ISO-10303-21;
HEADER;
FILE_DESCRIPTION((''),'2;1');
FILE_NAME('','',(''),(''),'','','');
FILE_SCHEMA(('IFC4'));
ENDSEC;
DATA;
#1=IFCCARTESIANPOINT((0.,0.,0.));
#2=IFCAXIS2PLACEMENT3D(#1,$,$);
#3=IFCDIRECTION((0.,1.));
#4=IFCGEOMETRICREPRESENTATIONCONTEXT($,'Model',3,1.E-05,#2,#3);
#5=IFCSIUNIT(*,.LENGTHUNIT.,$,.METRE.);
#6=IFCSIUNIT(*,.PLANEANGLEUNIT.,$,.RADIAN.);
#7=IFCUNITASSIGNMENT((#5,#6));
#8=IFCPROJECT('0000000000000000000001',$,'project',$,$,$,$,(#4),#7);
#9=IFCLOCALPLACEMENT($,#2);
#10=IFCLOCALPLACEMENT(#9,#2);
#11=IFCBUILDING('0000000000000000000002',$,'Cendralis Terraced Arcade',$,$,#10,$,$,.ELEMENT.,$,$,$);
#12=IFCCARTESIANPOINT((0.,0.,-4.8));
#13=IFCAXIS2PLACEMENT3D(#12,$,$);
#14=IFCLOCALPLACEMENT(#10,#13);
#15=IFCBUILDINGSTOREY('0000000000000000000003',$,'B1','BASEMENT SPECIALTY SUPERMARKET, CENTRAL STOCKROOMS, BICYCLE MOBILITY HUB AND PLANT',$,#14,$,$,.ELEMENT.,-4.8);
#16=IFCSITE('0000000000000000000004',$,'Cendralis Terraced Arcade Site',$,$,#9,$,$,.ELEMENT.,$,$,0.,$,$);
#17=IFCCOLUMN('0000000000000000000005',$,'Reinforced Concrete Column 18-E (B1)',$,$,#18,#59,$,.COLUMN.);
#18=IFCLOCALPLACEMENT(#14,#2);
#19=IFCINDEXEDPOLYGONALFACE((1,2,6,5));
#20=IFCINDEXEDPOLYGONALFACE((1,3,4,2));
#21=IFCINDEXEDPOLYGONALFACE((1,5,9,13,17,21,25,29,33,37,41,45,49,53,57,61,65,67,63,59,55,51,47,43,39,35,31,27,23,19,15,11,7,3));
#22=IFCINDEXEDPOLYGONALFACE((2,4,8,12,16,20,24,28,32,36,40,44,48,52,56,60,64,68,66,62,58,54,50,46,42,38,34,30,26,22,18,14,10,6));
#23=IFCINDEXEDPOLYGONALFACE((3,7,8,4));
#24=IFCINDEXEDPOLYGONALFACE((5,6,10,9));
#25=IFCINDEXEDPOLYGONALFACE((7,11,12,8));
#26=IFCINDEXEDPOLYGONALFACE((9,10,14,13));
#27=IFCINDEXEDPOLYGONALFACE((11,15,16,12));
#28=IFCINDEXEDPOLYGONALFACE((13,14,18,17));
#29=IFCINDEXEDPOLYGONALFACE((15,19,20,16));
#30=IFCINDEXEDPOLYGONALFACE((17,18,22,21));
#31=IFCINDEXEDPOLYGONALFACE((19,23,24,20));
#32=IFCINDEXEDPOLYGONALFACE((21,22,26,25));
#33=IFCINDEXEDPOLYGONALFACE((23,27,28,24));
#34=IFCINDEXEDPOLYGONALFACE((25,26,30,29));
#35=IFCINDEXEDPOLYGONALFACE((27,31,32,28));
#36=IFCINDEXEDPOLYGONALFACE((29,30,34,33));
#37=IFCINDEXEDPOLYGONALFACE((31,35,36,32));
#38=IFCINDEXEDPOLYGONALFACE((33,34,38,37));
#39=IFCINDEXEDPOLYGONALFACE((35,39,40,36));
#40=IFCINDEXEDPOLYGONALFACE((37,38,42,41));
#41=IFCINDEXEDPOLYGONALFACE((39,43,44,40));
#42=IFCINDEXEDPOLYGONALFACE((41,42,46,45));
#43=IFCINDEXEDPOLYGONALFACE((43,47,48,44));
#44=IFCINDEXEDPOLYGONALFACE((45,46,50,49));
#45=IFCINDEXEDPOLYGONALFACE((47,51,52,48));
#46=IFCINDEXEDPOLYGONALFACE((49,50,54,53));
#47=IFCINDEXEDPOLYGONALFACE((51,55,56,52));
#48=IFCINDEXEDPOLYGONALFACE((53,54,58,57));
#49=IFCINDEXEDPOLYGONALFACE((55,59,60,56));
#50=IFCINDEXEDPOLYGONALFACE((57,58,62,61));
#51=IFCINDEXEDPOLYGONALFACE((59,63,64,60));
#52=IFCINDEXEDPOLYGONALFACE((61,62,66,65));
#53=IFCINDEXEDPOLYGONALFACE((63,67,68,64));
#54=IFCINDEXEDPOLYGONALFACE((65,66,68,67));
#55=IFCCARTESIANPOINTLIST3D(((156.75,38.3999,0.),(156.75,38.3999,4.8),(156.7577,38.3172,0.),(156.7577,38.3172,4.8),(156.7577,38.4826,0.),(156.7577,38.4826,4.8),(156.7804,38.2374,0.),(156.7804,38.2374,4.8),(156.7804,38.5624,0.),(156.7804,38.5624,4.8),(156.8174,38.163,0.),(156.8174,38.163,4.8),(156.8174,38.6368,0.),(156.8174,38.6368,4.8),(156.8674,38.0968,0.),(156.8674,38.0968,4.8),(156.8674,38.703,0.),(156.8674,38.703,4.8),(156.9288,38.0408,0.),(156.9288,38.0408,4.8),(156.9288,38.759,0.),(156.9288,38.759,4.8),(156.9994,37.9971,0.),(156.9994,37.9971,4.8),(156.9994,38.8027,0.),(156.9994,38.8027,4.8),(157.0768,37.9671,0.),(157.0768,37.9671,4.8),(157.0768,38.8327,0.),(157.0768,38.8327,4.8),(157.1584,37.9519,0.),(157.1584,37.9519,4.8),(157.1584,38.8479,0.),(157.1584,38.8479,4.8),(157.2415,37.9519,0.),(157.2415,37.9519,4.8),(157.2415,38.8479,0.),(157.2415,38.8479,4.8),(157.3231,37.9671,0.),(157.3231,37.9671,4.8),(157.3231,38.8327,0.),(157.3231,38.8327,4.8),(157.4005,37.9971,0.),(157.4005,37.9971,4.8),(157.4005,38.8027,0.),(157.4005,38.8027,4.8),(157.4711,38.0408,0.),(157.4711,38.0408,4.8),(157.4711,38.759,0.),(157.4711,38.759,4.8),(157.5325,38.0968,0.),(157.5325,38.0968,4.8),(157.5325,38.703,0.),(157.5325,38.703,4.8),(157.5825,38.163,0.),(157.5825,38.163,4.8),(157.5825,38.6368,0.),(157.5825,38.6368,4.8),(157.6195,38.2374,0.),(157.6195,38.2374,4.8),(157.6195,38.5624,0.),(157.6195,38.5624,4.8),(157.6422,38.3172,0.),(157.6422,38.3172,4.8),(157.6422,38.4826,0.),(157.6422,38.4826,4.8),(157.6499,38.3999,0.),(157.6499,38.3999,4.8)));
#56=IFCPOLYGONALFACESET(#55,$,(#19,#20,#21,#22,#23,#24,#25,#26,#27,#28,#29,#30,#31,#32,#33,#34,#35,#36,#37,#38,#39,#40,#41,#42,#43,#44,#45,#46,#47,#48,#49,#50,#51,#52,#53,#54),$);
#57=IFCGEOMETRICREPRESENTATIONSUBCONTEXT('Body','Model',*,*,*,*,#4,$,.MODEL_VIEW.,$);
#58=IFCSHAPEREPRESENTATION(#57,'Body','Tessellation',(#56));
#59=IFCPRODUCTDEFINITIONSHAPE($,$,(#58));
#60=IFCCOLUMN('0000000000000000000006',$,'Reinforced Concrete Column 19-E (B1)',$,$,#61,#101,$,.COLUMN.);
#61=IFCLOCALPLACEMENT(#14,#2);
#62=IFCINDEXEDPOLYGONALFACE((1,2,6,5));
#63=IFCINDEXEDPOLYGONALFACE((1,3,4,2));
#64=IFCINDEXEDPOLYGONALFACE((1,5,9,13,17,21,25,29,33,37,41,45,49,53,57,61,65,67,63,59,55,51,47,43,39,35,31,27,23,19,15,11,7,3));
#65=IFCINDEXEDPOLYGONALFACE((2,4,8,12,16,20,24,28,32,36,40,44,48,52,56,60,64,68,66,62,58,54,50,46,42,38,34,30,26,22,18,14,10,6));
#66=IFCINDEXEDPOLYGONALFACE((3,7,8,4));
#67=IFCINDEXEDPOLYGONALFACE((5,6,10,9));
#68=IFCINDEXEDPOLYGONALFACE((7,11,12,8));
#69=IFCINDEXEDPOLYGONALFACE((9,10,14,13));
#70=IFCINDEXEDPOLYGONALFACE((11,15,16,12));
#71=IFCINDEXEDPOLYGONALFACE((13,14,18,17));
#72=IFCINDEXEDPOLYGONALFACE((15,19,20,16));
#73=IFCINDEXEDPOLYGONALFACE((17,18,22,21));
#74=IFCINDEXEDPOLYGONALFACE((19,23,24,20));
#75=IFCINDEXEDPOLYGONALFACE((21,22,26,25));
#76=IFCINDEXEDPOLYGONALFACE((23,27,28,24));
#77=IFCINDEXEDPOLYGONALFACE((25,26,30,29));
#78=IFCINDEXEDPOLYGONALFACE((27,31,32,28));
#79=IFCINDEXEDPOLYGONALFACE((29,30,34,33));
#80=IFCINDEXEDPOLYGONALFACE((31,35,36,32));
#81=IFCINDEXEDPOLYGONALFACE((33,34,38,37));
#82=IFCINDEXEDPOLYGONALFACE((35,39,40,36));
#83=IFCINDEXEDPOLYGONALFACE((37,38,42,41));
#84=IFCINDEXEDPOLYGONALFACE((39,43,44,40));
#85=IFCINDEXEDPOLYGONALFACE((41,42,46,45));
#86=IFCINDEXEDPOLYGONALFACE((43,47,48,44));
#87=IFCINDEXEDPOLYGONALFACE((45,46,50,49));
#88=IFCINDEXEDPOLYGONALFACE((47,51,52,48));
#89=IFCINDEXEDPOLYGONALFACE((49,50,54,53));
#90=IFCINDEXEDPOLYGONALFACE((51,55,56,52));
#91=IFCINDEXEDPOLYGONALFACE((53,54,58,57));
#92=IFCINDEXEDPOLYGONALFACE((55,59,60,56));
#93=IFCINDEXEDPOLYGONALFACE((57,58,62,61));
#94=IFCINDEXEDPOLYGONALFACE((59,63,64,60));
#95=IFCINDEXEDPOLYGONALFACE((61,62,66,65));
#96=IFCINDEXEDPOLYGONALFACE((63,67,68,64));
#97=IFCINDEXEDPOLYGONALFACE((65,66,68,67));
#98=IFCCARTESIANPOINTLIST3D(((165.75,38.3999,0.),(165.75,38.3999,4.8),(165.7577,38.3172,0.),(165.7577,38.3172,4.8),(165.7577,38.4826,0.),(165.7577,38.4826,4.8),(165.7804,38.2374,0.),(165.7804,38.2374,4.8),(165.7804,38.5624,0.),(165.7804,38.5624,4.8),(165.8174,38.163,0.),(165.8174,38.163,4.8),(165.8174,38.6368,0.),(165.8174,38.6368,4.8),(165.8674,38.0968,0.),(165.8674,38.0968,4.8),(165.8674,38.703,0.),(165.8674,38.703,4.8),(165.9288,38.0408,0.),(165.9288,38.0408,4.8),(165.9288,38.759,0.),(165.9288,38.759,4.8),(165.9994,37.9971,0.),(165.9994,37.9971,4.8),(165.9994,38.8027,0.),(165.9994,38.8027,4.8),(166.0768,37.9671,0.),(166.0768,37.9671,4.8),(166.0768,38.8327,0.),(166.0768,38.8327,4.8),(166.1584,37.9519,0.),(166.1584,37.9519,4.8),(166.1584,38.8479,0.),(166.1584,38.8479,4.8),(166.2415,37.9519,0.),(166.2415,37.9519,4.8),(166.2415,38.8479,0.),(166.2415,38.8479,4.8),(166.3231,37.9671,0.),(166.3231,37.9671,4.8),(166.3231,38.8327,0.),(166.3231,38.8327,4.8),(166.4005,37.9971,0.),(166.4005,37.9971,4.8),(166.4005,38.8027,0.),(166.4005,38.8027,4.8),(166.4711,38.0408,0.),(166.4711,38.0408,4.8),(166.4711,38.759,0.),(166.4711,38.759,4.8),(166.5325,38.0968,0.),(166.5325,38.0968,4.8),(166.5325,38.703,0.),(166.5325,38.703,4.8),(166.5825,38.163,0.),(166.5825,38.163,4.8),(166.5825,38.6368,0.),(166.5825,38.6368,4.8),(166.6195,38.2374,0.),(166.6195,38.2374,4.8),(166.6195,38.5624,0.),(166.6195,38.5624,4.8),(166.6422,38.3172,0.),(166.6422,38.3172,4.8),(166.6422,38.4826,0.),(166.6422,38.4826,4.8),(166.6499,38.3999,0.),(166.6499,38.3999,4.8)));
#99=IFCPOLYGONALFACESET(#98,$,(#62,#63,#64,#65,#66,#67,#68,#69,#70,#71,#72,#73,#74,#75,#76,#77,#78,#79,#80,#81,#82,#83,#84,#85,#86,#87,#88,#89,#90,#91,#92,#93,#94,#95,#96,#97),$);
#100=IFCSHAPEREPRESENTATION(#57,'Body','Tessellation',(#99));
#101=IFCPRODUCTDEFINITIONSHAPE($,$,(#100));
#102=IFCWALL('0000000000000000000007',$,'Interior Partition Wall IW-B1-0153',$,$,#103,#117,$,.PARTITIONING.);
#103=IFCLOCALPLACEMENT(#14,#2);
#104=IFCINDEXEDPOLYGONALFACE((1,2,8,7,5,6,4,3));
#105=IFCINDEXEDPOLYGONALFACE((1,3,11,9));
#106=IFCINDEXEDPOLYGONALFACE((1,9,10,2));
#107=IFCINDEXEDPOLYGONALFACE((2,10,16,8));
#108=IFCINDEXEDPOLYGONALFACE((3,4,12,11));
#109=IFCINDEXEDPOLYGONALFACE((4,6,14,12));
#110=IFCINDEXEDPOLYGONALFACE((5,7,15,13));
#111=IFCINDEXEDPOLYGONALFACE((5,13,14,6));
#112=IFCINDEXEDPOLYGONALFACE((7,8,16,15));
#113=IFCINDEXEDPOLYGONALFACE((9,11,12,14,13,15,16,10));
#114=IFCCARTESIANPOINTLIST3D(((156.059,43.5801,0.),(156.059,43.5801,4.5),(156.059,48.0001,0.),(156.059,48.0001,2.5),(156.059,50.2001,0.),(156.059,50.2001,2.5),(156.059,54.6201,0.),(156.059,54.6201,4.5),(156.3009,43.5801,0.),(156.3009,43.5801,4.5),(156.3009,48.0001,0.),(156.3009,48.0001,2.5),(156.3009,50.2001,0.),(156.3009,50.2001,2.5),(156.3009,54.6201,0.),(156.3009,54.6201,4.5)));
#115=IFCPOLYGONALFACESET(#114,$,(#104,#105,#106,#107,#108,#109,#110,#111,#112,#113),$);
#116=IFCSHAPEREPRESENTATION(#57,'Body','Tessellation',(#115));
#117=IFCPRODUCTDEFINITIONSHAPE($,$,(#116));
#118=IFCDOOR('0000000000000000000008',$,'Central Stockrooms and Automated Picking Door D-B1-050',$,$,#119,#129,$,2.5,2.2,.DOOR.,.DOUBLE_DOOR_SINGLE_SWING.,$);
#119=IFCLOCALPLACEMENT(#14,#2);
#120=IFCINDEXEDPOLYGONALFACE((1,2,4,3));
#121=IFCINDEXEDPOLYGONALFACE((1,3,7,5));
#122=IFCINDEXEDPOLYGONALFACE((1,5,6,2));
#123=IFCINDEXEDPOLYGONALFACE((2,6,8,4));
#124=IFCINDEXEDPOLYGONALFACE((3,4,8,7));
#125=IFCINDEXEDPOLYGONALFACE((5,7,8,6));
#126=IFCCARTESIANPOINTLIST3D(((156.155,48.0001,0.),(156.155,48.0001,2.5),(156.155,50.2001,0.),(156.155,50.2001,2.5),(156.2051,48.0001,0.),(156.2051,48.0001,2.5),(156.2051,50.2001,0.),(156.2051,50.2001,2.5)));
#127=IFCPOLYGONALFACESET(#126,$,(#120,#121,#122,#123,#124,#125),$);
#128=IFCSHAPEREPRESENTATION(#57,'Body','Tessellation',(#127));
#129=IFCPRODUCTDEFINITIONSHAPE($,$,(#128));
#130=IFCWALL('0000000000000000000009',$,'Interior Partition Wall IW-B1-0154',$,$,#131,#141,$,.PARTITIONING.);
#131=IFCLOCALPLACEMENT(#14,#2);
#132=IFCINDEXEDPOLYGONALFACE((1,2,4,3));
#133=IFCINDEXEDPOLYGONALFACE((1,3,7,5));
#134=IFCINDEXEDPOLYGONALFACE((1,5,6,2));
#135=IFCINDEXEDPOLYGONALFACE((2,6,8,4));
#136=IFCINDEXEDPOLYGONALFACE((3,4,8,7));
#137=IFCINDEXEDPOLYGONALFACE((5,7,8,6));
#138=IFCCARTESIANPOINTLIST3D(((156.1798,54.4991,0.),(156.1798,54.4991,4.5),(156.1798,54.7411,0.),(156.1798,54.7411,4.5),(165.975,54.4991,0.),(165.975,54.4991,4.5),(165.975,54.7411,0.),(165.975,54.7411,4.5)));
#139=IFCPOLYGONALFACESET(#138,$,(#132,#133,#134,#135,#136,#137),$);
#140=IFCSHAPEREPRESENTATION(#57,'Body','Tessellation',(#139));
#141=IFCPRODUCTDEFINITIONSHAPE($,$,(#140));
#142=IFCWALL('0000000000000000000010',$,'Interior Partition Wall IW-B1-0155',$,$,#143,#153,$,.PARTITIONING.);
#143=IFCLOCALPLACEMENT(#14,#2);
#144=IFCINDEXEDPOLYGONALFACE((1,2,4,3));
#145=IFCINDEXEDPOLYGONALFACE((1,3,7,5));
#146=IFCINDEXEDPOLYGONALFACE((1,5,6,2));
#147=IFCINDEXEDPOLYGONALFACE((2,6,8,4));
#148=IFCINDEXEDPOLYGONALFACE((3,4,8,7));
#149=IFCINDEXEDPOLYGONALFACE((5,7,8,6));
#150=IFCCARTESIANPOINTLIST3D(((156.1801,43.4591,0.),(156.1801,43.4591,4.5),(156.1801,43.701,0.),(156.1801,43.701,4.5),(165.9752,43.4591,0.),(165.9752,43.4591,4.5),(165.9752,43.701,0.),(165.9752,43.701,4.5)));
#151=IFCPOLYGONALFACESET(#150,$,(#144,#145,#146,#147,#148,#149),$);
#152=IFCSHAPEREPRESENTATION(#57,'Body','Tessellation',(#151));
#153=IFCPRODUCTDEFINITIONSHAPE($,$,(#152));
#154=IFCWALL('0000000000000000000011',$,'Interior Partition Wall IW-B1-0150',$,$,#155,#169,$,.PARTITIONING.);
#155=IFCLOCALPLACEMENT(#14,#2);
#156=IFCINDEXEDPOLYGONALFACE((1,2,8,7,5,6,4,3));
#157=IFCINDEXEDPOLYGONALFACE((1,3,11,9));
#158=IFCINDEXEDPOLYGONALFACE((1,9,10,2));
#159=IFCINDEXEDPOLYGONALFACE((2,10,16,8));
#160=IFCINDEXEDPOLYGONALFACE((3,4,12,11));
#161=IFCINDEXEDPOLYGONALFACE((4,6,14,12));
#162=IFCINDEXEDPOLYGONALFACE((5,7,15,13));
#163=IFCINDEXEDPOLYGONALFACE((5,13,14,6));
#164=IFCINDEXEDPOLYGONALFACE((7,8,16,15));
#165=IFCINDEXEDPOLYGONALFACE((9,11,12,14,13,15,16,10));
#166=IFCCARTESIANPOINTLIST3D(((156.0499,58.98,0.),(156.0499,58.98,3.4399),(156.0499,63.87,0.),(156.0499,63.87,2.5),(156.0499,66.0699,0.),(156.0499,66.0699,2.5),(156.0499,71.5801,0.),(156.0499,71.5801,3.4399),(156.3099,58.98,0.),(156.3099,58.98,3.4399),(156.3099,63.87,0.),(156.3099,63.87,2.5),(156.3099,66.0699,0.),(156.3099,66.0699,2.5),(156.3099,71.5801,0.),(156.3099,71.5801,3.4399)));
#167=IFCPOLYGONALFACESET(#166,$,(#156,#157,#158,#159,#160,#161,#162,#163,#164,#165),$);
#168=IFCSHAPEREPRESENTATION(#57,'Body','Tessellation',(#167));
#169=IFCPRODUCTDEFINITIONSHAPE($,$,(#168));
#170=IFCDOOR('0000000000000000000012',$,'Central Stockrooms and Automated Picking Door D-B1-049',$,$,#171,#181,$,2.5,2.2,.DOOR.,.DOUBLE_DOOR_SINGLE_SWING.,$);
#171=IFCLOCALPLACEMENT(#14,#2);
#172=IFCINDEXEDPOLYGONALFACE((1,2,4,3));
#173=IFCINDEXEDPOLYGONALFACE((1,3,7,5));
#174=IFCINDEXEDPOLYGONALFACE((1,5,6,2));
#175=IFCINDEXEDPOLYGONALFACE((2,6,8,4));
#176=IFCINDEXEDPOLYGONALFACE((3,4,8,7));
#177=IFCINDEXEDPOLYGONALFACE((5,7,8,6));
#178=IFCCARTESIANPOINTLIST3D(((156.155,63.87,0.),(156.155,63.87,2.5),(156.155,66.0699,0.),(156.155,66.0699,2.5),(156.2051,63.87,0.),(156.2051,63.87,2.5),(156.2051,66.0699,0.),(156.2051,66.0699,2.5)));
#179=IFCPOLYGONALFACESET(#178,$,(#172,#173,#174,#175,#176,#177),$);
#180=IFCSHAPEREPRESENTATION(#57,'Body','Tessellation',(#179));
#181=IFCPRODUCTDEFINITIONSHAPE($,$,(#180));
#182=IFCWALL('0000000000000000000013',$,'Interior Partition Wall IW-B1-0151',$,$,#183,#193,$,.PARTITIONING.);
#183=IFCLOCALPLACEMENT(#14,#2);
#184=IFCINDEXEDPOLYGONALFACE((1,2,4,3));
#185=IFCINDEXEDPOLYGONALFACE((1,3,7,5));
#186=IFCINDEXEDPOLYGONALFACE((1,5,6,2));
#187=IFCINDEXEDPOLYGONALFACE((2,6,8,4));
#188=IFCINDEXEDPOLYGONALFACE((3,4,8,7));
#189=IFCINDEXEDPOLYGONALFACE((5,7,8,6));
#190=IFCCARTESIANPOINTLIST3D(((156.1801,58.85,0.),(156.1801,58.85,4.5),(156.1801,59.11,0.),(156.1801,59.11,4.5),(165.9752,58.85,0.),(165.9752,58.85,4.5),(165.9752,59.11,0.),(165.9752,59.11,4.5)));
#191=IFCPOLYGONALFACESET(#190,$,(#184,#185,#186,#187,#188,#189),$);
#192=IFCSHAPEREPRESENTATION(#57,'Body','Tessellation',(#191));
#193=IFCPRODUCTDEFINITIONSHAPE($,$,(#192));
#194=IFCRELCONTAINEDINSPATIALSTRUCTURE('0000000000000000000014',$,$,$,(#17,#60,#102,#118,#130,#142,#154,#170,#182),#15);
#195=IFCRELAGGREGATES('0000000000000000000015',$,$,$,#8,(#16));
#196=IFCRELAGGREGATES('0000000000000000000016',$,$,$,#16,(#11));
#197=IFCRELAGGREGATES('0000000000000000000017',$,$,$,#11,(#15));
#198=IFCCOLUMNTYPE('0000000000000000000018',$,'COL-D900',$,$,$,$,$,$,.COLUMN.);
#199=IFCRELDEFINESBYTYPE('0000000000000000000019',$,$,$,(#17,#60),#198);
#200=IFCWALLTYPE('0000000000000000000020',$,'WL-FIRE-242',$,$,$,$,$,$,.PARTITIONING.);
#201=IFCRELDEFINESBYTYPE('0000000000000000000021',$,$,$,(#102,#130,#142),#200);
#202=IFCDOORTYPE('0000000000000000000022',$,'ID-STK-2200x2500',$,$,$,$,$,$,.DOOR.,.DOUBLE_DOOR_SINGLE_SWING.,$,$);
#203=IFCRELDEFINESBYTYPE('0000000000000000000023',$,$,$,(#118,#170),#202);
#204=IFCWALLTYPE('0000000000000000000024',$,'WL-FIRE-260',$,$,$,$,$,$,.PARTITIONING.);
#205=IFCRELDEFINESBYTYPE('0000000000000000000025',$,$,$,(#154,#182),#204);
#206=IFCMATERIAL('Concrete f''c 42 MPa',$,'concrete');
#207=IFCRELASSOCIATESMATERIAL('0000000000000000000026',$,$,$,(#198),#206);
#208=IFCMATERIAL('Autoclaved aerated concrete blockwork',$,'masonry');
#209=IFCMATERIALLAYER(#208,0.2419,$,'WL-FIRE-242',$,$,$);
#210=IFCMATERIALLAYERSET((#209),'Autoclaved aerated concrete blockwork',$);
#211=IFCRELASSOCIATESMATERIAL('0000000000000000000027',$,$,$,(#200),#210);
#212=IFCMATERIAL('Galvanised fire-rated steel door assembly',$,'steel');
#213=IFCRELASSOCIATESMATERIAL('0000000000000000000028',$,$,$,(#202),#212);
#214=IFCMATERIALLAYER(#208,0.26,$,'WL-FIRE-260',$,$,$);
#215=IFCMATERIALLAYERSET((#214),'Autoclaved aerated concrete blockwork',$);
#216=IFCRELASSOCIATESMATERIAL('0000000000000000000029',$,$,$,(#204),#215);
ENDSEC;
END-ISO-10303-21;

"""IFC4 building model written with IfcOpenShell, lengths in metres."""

from ifc_helpers import new_model, si_unit, direction, frame, frame_2d, origin, origin_2d, place, context, subcontext, project, spatial, rectangle, circle, extrude, material, layer, layer_set, material_profile, profile_set, type_object, element, fill, save


model = new_model("IFC4")

# Units and contexts
model_context = context("Model", 3, precision=1e-05, world=origin(), true_north=direction((0.0, 1.0)))
body_context = subcontext(model_context, "Body", "Model", "MODEL_VIEW")
ifc_project = project(units=[si_unit("LENGTHUNIT", "METRE"), si_unit("PLANEANGLEUNIT", "RADIAN")], contexts=[model_context])

# Site, building, storey
site_placement = place(None, origin())
site = spatial("IfcSite", under=ifc_project, at=site_placement, Name="Cendralis Terraced Arcade Site", CompositionType="ELEMENT", RefElevation=0.0)
building_placement = place(site_placement, origin())
building = spatial("IfcBuilding", under=site, at=building_placement, Name="Cendralis Terraced Arcade", CompositionType="ELEMENT")
storey_placement = place(building_placement, frame((0.0, 0.0, -4.8)))
storey = spatial("IfcBuildingStorey", under=building, at=storey_placement, Name="B1", Description="BASEMENT SPECIALTY SUPERMARKET, CENTRAL STOCKROOMS, BICYCLE MOBILITY HUB AND PLANT", CompositionType="ELEMENT", Elevation=-4.8)

# Columns
ifc_material_1 = material(Name="Concrete f'c 42 MPa", Category="concrete")
ifc_material_profile_1 = material_profile(ifc_material_1, circle(Radius=0.45, at=origin_2d()), Name="RC-COL-D900", Category="LoadBearing")
ifc_profile_set_1 = profile_set([ifc_material_profile_1], Name="Concrete f'c 42 MPa")
column_type_1 = type_object("IfcColumnType", Name="COL-D900", PredefinedType="COLUMN", material=ifc_profile_set_1)
for number, where, z_axis, x_axis, name in (
    (1, (157.2, 38.3999, 0.0), (0.0, 0.0, 1.0), (1.0, 0.0, 0.0), "Reinforced Concrete Column 18-E (B1)"),
    (2, (166.2, 38.3999, 0.0), (0.0, 0.0, 1.0), (1.0, 0.0, 0.0), "Reinforced Concrete Column 19-E (B1)"),
):
    element("IfcColumn", number, at=place(storey_placement, frame(where, z_axis=z_axis, x_axis=x_axis)), inside=storey, type_object=column_type_1, Name=name, PredefinedType="COLUMN", context=body_context, shape_type="SweptSolid", body=[
        extrude(circle(Radius=0.45, at=origin_2d()), origin(), (0.0, 0.0, 1.0), 4.8),
    ])

# Wall, opening, door
ifc_material_2 = material(Name="Autoclaved aerated concrete blockwork", Category="masonry")
ifc_layer_1 = layer(ifc_material_2, 0.2419, Name="WL-FIRE-242")
ifc_layer_set_1 = layer_set([ifc_layer_1], Name="Autoclaved aerated concrete blockwork")
wall_type_1 = type_object("IfcWallType", Name="WL-FIRE-242", PredefinedType="PARTITIONING", material=ifc_layer_set_1)
wall_1_placement = place(storey_placement, frame((156.1799, 43.5801, 0.0), z_axis=(0.0, 0.0, 1.0), x_axis=(0.0, 1.0, 0.0)))
wall_1 = element("IfcWall", 3, at=wall_1_placement, inside=storey, type_object=wall_type_1, Name="Interior Partition Wall IW-B1-0153", PredefinedType="PARTITIONING", context=body_context, shape_type="SweptSolid", body=[
    extrude(rectangle(XDim=11.04, YDim=0.2419, at=frame_2d((5.52, 0.0))), origin(), (0.0, 0.0, 1.0), 4.5),
])
opening_1_placement = place(wall_1_placement, frame((4.4199, 0.0, 0.0)))
opening_1 = element("IfcOpeningElement", 4, at=opening_1_placement, cuts=wall_1, PredefinedType="OPENING", context=body_context, shape_type="SweptSolid", body=[
    extrude(rectangle(XDim=2.2, YDim=2.5, at=frame_2d((1.1001, 1.25))), frame((0.0, 0.1328, 0.0), z_axis=(0.0, -1.0, 0.0), x_axis=(1.0, 0.0, 0.0)), (0.0, 0.0, 1.0), 0.2659),
])
ifc_material_3 = material(Name="Galvanised fire-rated steel door assembly", Category="steel")
door_type = type_object("IfcDoorType", Name="ID-STK-2200x2500", OperationType="DOUBLE_DOOR_SINGLE_SWING", PredefinedType="DOOR", material=ifc_material_3)
door_1_placement = place(opening_1_placement, origin())
door_1 = element("IfcDoor", 5, at=door_1_placement, inside=storey, type_object=door_type, Name="Central Stockrooms and Automated Picking Door D-B1-050", OperationType="DOUBLE_DOOR_SINGLE_SWING", OverallHeight=2.5, OverallWidth=2.2, PredefinedType="DOOR", context=body_context, shape_type="SweptSolid", body=[
    extrude(rectangle(XDim=2.2, YDim=2.5, at=frame_2d((1.1001, 1.25))), frame((0.0, 0.0249, 0.0), z_axis=(0.0, -1.0, 0.0), x_axis=(1.0, 0.0, 0.0)), (0.0, 0.0, 1.0), 0.05),
])
fill(opening_1, door_1)

# Walls
for number, where, z_axis, x_axis, name in (
    (6, (156.1799, 54.6201, 0.0), (0.0, 0.0, 1.0), (1.0, 0.0, 0.0), "Interior Partition Wall IW-B1-0154"),
    (7, (165.9751, 43.5801, 0.0), (0.0, 0.0, 1.0), (-1.0, 0.0, 0.0), "Interior Partition Wall IW-B1-0155"),
):
    element("IfcWall", number, at=place(storey_placement, frame(where, z_axis=z_axis, x_axis=x_axis)), inside=storey, type_object=wall_type_1, Name=name, PredefinedType="PARTITIONING", context=body_context, shape_type="SweptSolid", body=[
        extrude(rectangle(XDim=9.7952, YDim=0.2419, at=frame_2d((4.8975, 0.0))), origin(), (0.0, 0.0, 1.0), 4.5),
    ])

# Wall, opening, door
ifc_layer_2 = layer(ifc_material_2, 0.26, Name="WL-FIRE-260")
ifc_layer_set_2 = layer_set([ifc_layer_2], Name="Autoclaved aerated concrete blockwork")
wall_type_2 = type_object("IfcWallType", Name="WL-FIRE-260", PredefinedType="PARTITIONING", material=ifc_layer_set_2)
wall_2_placement = place(storey_placement, frame((156.1799, 58.98, 0.0), z_axis=(0.0, 0.0, 1.0), x_axis=(0.0, 1.0, 0.0)))
wall_2 = element("IfcWall", 8, at=wall_2_placement, inside=storey, type_object=wall_type_2, Name="Interior Partition Wall IW-B1-0150", PredefinedType="PARTITIONING", context=body_context, shape_type="SweptSolid", body=[
    extrude(rectangle(XDim=12.6001, YDim=0.26, at=frame_2d((6.3, 0.0))), origin(), (0.0, 0.0, 1.0), 3.4399),
])
opening_2_placement = place(wall_2_placement, frame((4.8899, 0.0, 0.0)))
opening_2 = element("IfcOpeningElement", 9, at=opening_2_placement, cuts=wall_2, PredefinedType="OPENING", context=body_context, shape_type="SweptSolid", body=[
    extrude(rectangle(XDim=2.2, YDim=2.5, at=frame_2d((1.1001, 1.25))), frame((0.0, 0.1421, 0.0), z_axis=(0.0, -1.0, 0.0), x_axis=(1.0, 0.0, 0.0)), (0.0, 0.0, 1.0), 0.2839),
])
door_2_placement = place(opening_2_placement, origin())
door_2 = element("IfcDoor", 10, at=door_2_placement, inside=storey, type_object=door_type, Name="Central Stockrooms and Automated Picking Door D-B1-049", OperationType="DOUBLE_DOOR_SINGLE_SWING", OverallHeight=2.5, OverallWidth=2.2, PredefinedType="DOOR", context=body_context, shape_type="SweptSolid", body=[
    extrude(rectangle(XDim=2.2, YDim=2.5, at=frame_2d((1.1001, 1.25))), frame((0.0, 0.0249, 0.0), z_axis=(0.0, -1.0, 0.0), x_axis=(1.0, 0.0, 0.0)), (0.0, 0.0, 1.0), 0.05),
])
fill(opening_2, door_2)

# Wall
wall_3_placement = place(storey_placement, frame((165.9751, 58.98, 0.0), z_axis=(0.0, 0.0, 1.0), x_axis=(-1.0, 0.0, 0.0)))
element("IfcWall", 11, at=wall_3_placement, inside=storey, type_object=wall_type_2, Name="Interior Partition Wall IW-B1-0151", PredefinedType="PARTITIONING", context=body_context, shape_type="SweptSolid", body=[
    extrude(rectangle(XDim=9.7952, YDim=0.26, at=frame_2d((4.8975, 0.0))), origin(), (0.0, 0.0, 1.0), 4.5),
])

save(model, "model.ifc")
